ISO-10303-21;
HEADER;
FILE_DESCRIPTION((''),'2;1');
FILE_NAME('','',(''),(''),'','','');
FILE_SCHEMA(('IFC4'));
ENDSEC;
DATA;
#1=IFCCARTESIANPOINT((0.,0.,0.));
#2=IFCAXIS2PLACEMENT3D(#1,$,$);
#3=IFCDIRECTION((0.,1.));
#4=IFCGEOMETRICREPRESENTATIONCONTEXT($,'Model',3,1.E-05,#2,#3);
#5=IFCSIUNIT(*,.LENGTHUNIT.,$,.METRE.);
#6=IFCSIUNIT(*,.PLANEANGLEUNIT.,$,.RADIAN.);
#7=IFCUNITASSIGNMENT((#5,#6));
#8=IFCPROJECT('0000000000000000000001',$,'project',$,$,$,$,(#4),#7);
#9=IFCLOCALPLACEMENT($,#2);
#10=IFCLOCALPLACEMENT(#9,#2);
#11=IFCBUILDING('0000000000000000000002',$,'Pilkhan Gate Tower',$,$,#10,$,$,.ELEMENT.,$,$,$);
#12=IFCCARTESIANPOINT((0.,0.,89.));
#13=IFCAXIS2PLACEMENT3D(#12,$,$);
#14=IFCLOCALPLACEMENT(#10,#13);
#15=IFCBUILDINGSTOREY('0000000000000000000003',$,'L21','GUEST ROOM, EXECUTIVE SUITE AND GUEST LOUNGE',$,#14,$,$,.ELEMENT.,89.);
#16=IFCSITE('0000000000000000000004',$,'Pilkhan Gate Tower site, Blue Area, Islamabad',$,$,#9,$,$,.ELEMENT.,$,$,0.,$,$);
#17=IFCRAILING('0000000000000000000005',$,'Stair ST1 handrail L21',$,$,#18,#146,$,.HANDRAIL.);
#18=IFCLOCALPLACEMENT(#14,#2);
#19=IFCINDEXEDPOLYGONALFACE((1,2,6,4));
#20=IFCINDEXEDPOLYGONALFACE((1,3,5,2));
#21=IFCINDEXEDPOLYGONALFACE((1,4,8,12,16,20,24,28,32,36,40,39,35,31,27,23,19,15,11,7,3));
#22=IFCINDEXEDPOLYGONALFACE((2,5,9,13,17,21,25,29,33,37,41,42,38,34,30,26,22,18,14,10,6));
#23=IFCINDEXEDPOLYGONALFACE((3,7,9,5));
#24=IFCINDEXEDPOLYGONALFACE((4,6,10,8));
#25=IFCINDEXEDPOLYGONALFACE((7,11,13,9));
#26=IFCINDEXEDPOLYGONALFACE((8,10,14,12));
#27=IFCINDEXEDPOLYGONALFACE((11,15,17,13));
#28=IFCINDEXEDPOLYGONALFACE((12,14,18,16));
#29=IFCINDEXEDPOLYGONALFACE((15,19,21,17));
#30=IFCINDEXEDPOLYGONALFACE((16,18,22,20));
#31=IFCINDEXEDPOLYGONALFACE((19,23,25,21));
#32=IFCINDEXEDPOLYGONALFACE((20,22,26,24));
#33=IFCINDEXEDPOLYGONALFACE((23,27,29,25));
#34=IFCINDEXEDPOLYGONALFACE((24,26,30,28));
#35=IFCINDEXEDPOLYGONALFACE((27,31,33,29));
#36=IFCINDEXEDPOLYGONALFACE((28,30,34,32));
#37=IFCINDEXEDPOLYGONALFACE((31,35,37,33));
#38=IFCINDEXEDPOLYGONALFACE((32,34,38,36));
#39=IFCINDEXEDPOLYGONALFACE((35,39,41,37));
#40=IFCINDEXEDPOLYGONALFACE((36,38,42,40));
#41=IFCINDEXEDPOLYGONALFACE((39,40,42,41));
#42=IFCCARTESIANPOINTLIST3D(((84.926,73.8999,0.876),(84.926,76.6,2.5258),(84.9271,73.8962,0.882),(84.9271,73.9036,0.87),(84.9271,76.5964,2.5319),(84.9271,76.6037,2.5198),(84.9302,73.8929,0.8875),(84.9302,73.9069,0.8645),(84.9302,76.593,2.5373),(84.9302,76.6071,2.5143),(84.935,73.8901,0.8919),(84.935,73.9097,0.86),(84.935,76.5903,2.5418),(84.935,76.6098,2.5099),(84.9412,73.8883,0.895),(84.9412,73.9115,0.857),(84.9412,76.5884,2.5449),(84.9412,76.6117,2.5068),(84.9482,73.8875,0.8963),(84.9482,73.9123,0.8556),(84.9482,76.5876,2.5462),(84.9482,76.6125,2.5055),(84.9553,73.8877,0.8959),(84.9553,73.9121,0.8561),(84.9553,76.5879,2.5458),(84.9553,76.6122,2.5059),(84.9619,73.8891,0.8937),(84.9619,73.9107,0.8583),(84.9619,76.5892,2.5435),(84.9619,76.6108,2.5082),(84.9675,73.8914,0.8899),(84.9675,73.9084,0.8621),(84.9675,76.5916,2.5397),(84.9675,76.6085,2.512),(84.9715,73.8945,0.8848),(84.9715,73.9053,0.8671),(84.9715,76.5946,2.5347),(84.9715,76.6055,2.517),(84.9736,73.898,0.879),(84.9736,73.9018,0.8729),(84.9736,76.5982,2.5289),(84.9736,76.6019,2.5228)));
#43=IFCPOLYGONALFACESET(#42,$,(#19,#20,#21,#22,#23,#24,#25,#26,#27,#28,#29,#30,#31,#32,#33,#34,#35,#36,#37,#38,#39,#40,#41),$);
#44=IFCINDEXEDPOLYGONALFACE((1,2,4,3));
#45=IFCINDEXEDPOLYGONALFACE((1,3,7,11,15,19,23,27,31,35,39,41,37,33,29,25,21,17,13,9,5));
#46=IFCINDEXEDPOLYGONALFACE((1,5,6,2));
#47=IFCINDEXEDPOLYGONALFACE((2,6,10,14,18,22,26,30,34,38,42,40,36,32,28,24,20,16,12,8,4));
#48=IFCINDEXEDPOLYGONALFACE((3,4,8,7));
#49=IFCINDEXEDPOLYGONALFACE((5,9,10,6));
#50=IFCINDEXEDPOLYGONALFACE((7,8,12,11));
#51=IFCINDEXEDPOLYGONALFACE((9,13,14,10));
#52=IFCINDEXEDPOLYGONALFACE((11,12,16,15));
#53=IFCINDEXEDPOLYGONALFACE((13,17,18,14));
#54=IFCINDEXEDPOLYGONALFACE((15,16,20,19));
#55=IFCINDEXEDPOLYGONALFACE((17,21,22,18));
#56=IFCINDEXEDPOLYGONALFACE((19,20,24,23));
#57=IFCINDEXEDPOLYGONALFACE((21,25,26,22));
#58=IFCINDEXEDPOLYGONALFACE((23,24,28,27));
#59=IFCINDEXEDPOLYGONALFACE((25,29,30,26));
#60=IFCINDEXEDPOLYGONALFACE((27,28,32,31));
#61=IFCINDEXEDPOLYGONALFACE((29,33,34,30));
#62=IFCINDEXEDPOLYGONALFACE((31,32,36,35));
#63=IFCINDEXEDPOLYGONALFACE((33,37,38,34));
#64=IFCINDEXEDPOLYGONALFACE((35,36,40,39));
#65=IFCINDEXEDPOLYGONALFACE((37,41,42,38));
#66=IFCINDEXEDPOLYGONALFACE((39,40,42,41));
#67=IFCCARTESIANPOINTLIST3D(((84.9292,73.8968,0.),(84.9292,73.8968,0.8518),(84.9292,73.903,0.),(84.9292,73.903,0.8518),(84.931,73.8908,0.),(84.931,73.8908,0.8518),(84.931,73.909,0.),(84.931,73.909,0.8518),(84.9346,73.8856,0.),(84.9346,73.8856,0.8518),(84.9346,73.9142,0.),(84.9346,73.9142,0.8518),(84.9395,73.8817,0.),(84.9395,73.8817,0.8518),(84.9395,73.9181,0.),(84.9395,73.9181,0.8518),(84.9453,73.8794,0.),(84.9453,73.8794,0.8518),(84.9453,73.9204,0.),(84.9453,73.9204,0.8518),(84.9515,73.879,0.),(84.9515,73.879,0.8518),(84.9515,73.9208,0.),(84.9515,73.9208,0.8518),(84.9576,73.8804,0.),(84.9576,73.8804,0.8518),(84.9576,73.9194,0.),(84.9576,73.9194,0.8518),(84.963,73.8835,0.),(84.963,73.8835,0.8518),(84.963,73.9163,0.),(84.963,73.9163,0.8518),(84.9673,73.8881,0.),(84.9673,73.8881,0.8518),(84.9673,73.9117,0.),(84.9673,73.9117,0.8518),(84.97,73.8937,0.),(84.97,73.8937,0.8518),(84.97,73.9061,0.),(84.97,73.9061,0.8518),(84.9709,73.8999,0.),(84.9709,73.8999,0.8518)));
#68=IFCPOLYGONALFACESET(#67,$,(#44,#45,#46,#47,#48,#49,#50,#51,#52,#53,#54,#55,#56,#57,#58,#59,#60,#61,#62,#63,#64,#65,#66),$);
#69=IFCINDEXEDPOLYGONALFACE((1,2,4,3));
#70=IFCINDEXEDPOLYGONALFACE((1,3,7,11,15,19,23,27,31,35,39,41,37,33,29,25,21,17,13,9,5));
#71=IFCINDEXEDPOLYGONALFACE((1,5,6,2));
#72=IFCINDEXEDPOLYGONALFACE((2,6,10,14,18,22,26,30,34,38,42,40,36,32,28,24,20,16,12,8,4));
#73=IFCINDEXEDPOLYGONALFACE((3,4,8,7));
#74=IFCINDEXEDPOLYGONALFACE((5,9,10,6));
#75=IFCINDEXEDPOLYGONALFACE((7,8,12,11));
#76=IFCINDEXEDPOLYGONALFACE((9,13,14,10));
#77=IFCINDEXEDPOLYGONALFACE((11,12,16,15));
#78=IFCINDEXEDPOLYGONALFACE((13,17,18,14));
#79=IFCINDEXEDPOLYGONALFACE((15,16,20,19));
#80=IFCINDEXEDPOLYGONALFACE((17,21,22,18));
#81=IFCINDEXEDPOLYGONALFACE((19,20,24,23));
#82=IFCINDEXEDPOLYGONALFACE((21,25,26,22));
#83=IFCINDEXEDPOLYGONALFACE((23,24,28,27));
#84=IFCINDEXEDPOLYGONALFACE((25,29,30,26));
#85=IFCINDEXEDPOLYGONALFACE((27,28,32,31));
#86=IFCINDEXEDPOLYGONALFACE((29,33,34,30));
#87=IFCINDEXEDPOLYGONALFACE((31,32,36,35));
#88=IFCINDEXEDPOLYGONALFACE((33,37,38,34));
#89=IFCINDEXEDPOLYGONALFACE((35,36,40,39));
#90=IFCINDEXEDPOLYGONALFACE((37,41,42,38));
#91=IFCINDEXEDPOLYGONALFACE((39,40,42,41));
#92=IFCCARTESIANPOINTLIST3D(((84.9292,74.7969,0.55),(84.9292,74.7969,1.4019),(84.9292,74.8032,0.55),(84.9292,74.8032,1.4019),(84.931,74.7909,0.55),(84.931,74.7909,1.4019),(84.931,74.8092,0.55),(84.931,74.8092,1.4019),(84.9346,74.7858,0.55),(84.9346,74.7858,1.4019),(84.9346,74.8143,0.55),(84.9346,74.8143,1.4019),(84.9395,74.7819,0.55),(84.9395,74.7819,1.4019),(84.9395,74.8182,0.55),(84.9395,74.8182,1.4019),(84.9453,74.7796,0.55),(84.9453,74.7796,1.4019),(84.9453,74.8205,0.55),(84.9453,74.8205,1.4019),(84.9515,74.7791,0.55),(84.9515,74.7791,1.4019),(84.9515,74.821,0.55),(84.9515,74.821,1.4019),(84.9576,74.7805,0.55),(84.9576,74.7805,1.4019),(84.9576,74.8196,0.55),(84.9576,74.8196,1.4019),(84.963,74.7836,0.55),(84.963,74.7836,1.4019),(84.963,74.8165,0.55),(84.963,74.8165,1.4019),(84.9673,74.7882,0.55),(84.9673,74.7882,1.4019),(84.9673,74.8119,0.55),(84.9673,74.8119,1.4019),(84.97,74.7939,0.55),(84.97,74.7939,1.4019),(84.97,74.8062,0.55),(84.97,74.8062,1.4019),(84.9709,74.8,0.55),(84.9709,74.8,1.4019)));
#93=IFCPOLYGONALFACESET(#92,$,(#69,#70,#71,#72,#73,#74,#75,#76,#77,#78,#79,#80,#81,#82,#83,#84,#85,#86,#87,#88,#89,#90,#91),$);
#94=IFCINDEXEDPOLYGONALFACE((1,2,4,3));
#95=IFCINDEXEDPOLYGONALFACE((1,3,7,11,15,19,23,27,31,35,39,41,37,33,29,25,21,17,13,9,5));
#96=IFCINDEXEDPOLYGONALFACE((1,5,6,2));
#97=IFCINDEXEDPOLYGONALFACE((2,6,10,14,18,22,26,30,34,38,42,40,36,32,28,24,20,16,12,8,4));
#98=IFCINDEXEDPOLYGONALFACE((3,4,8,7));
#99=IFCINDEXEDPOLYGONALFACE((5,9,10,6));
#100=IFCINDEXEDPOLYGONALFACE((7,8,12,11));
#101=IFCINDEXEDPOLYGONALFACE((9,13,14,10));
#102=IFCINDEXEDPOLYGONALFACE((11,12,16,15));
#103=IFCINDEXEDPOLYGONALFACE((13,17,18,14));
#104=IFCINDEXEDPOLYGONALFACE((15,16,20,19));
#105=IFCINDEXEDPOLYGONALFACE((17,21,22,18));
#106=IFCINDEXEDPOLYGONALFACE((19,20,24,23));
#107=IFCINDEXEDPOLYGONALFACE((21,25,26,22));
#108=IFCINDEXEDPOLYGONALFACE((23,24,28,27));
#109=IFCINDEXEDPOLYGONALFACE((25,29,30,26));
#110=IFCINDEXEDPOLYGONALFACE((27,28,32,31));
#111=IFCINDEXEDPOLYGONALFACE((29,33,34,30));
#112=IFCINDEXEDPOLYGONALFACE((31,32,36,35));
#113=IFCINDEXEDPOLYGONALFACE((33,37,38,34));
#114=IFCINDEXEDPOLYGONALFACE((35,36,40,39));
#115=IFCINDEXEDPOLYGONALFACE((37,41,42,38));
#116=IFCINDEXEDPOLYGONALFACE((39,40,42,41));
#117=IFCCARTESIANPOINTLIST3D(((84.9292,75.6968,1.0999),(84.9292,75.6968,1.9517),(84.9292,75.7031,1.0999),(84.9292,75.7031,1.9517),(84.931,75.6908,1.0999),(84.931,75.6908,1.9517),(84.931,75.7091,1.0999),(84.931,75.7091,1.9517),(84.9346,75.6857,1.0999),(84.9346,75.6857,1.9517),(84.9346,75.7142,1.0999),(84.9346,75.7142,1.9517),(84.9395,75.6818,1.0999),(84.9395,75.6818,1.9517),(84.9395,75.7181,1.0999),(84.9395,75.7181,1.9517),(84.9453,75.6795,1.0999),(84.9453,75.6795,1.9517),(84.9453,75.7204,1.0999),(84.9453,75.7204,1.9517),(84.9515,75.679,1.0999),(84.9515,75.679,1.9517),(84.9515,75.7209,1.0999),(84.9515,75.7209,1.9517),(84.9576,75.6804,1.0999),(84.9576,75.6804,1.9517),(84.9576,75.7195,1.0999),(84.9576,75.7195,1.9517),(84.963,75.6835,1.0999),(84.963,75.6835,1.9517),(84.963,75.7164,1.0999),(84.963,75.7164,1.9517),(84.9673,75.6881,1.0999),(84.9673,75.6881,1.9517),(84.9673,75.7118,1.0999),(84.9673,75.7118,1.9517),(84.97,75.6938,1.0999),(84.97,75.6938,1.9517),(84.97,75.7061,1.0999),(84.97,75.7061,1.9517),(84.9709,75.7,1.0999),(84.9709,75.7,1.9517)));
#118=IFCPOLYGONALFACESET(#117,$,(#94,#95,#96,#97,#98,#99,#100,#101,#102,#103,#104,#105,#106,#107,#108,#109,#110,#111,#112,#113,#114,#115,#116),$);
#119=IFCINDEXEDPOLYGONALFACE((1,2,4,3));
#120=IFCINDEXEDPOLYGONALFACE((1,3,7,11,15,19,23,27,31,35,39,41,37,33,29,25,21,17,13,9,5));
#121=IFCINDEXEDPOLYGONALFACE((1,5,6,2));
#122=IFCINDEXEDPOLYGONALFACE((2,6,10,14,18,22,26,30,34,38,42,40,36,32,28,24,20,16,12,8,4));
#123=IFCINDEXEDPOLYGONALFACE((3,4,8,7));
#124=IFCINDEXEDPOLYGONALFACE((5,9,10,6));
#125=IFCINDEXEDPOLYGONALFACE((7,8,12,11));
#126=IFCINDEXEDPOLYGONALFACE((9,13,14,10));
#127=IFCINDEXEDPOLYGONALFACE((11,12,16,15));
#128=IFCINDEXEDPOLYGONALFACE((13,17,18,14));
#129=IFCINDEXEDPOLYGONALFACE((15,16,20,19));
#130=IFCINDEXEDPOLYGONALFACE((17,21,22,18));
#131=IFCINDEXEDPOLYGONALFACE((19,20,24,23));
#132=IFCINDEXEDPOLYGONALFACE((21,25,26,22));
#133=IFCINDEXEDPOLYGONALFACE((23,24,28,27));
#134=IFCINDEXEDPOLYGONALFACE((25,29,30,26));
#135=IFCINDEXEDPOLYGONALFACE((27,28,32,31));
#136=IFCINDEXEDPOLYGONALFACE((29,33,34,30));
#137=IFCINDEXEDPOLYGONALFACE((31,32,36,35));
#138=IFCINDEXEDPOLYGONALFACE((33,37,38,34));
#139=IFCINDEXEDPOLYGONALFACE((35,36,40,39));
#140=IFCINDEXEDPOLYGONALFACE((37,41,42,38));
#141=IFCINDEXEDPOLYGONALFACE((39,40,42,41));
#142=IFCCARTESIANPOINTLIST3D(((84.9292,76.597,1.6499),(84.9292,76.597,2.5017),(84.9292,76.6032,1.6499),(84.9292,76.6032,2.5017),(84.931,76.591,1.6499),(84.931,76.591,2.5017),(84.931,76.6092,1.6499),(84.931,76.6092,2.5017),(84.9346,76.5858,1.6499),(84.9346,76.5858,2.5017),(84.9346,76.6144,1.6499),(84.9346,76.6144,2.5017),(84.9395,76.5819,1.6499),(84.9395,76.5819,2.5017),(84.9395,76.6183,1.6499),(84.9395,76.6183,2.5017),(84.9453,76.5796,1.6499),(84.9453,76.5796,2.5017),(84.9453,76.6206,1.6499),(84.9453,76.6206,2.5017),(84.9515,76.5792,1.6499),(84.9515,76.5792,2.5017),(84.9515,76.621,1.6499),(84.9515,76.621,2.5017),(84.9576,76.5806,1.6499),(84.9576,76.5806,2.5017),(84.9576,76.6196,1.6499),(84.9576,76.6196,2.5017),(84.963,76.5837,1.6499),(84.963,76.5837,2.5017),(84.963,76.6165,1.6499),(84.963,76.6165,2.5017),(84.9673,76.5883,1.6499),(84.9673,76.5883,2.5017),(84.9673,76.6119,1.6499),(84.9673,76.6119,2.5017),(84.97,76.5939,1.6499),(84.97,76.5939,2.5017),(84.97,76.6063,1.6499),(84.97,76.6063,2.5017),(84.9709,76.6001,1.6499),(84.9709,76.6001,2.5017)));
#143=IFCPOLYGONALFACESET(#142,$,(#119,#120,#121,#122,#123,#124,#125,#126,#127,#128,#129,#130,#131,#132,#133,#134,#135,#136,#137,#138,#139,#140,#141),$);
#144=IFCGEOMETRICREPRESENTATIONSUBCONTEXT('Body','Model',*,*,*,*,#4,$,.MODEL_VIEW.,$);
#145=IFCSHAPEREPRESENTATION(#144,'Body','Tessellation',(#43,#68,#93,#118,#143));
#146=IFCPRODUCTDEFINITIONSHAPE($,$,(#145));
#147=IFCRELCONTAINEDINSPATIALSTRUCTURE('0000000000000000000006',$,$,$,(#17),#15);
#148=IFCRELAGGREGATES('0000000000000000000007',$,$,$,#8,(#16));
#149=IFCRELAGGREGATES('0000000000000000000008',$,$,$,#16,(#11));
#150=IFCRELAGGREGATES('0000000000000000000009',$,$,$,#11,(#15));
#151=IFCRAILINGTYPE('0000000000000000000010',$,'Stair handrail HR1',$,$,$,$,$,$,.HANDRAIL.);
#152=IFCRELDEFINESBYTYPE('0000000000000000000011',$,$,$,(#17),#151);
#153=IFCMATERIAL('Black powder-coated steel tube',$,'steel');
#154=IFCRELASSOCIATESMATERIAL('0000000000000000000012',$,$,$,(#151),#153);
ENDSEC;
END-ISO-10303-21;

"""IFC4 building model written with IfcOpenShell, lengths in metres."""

from ifc_helpers import new_model, si_unit, direction, frame, origin, origin_2d, place, context, subcontext, project, spatial, circle, extrude, material, type_object, element, save


model = new_model("IFC4")

# Units and contexts
model_context = context("Model", 3, precision=1e-05, world=origin(), true_north=direction((0.0, 1.0)))
body_context = subcontext(model_context, "Body", "Model", "MODEL_VIEW")
ifc_project = project(units=[si_unit("LENGTHUNIT", "METRE"), si_unit("PLANEANGLEUNIT", "RADIAN")], contexts=[model_context])

# Site, building, storey
site_placement = place(None, origin())
site = spatial("IfcSite", under=ifc_project, at=site_placement, Name="Pilkhan Gate Tower site, Blue Area, Islamabad", CompositionType="ELEMENT", RefElevation=0.0)
building_placement = place(site_placement, origin())
building = spatial("IfcBuilding", under=site, at=building_placement, Name="Pilkhan Gate Tower", CompositionType="ELEMENT")
storey_placement = place(building_placement, frame((0.0, 0.0, 89.0)))
storey = spatial("IfcBuildingStorey", under=building, at=storey_placement, Name="L21", Description="GUEST ROOM, EXECUTIVE SUITE AND GUEST LOUNGE", CompositionType="ELEMENT", Elevation=89.0)

# Railing
ifc_material_1 = material(Name="Black powder-coated steel tube", Category="steel")
railing_type_1 = type_object("IfcRailingType", Name="Stair handrail HR1", PredefinedType="HANDRAIL", material=ifc_material_1)
railing_1_placement = place(storey_placement, frame((84.95, 73.8999, 0.0)))
element("IfcRailing", 1, at=railing_1_placement, inside=storey, type_object=railing_type_1, Name="Stair ST1 handrail L21", PredefinedType="HANDRAIL", context=body_context, shape_type="SweptSolid", body=[
    extrude(circle(Radius=0.0239, at=origin_2d()), frame((0.0, 0.0, 0.876), z_axis=(0.0, 0.853312, 0.5214), x_axis=(-1.0, 0.0, 0.0)), (0.0, 0.0, 1.0), 3.1643),
    extrude(circle(Radius=0.021, at=origin_2d()), origin(), (0.0, 0.0, 1.0), 0.8518),
    extrude(circle(Radius=0.021, at=origin_2d()), frame((0.0, 0.9001, 0.55)), (0.0, 0.0, 1.0), 0.8518),
    extrude(circle(Radius=0.021, at=origin_2d()), frame((0.0, 1.8, 1.0999)), (0.0, 0.0, 1.0), 0.8518),
    extrude(circle(Radius=0.021, at=origin_2d()), frame((0.0, 2.7002, 1.6499)), (0.0, 0.0, 1.0), 0.8518),
])

save(model, "model.ifc")
